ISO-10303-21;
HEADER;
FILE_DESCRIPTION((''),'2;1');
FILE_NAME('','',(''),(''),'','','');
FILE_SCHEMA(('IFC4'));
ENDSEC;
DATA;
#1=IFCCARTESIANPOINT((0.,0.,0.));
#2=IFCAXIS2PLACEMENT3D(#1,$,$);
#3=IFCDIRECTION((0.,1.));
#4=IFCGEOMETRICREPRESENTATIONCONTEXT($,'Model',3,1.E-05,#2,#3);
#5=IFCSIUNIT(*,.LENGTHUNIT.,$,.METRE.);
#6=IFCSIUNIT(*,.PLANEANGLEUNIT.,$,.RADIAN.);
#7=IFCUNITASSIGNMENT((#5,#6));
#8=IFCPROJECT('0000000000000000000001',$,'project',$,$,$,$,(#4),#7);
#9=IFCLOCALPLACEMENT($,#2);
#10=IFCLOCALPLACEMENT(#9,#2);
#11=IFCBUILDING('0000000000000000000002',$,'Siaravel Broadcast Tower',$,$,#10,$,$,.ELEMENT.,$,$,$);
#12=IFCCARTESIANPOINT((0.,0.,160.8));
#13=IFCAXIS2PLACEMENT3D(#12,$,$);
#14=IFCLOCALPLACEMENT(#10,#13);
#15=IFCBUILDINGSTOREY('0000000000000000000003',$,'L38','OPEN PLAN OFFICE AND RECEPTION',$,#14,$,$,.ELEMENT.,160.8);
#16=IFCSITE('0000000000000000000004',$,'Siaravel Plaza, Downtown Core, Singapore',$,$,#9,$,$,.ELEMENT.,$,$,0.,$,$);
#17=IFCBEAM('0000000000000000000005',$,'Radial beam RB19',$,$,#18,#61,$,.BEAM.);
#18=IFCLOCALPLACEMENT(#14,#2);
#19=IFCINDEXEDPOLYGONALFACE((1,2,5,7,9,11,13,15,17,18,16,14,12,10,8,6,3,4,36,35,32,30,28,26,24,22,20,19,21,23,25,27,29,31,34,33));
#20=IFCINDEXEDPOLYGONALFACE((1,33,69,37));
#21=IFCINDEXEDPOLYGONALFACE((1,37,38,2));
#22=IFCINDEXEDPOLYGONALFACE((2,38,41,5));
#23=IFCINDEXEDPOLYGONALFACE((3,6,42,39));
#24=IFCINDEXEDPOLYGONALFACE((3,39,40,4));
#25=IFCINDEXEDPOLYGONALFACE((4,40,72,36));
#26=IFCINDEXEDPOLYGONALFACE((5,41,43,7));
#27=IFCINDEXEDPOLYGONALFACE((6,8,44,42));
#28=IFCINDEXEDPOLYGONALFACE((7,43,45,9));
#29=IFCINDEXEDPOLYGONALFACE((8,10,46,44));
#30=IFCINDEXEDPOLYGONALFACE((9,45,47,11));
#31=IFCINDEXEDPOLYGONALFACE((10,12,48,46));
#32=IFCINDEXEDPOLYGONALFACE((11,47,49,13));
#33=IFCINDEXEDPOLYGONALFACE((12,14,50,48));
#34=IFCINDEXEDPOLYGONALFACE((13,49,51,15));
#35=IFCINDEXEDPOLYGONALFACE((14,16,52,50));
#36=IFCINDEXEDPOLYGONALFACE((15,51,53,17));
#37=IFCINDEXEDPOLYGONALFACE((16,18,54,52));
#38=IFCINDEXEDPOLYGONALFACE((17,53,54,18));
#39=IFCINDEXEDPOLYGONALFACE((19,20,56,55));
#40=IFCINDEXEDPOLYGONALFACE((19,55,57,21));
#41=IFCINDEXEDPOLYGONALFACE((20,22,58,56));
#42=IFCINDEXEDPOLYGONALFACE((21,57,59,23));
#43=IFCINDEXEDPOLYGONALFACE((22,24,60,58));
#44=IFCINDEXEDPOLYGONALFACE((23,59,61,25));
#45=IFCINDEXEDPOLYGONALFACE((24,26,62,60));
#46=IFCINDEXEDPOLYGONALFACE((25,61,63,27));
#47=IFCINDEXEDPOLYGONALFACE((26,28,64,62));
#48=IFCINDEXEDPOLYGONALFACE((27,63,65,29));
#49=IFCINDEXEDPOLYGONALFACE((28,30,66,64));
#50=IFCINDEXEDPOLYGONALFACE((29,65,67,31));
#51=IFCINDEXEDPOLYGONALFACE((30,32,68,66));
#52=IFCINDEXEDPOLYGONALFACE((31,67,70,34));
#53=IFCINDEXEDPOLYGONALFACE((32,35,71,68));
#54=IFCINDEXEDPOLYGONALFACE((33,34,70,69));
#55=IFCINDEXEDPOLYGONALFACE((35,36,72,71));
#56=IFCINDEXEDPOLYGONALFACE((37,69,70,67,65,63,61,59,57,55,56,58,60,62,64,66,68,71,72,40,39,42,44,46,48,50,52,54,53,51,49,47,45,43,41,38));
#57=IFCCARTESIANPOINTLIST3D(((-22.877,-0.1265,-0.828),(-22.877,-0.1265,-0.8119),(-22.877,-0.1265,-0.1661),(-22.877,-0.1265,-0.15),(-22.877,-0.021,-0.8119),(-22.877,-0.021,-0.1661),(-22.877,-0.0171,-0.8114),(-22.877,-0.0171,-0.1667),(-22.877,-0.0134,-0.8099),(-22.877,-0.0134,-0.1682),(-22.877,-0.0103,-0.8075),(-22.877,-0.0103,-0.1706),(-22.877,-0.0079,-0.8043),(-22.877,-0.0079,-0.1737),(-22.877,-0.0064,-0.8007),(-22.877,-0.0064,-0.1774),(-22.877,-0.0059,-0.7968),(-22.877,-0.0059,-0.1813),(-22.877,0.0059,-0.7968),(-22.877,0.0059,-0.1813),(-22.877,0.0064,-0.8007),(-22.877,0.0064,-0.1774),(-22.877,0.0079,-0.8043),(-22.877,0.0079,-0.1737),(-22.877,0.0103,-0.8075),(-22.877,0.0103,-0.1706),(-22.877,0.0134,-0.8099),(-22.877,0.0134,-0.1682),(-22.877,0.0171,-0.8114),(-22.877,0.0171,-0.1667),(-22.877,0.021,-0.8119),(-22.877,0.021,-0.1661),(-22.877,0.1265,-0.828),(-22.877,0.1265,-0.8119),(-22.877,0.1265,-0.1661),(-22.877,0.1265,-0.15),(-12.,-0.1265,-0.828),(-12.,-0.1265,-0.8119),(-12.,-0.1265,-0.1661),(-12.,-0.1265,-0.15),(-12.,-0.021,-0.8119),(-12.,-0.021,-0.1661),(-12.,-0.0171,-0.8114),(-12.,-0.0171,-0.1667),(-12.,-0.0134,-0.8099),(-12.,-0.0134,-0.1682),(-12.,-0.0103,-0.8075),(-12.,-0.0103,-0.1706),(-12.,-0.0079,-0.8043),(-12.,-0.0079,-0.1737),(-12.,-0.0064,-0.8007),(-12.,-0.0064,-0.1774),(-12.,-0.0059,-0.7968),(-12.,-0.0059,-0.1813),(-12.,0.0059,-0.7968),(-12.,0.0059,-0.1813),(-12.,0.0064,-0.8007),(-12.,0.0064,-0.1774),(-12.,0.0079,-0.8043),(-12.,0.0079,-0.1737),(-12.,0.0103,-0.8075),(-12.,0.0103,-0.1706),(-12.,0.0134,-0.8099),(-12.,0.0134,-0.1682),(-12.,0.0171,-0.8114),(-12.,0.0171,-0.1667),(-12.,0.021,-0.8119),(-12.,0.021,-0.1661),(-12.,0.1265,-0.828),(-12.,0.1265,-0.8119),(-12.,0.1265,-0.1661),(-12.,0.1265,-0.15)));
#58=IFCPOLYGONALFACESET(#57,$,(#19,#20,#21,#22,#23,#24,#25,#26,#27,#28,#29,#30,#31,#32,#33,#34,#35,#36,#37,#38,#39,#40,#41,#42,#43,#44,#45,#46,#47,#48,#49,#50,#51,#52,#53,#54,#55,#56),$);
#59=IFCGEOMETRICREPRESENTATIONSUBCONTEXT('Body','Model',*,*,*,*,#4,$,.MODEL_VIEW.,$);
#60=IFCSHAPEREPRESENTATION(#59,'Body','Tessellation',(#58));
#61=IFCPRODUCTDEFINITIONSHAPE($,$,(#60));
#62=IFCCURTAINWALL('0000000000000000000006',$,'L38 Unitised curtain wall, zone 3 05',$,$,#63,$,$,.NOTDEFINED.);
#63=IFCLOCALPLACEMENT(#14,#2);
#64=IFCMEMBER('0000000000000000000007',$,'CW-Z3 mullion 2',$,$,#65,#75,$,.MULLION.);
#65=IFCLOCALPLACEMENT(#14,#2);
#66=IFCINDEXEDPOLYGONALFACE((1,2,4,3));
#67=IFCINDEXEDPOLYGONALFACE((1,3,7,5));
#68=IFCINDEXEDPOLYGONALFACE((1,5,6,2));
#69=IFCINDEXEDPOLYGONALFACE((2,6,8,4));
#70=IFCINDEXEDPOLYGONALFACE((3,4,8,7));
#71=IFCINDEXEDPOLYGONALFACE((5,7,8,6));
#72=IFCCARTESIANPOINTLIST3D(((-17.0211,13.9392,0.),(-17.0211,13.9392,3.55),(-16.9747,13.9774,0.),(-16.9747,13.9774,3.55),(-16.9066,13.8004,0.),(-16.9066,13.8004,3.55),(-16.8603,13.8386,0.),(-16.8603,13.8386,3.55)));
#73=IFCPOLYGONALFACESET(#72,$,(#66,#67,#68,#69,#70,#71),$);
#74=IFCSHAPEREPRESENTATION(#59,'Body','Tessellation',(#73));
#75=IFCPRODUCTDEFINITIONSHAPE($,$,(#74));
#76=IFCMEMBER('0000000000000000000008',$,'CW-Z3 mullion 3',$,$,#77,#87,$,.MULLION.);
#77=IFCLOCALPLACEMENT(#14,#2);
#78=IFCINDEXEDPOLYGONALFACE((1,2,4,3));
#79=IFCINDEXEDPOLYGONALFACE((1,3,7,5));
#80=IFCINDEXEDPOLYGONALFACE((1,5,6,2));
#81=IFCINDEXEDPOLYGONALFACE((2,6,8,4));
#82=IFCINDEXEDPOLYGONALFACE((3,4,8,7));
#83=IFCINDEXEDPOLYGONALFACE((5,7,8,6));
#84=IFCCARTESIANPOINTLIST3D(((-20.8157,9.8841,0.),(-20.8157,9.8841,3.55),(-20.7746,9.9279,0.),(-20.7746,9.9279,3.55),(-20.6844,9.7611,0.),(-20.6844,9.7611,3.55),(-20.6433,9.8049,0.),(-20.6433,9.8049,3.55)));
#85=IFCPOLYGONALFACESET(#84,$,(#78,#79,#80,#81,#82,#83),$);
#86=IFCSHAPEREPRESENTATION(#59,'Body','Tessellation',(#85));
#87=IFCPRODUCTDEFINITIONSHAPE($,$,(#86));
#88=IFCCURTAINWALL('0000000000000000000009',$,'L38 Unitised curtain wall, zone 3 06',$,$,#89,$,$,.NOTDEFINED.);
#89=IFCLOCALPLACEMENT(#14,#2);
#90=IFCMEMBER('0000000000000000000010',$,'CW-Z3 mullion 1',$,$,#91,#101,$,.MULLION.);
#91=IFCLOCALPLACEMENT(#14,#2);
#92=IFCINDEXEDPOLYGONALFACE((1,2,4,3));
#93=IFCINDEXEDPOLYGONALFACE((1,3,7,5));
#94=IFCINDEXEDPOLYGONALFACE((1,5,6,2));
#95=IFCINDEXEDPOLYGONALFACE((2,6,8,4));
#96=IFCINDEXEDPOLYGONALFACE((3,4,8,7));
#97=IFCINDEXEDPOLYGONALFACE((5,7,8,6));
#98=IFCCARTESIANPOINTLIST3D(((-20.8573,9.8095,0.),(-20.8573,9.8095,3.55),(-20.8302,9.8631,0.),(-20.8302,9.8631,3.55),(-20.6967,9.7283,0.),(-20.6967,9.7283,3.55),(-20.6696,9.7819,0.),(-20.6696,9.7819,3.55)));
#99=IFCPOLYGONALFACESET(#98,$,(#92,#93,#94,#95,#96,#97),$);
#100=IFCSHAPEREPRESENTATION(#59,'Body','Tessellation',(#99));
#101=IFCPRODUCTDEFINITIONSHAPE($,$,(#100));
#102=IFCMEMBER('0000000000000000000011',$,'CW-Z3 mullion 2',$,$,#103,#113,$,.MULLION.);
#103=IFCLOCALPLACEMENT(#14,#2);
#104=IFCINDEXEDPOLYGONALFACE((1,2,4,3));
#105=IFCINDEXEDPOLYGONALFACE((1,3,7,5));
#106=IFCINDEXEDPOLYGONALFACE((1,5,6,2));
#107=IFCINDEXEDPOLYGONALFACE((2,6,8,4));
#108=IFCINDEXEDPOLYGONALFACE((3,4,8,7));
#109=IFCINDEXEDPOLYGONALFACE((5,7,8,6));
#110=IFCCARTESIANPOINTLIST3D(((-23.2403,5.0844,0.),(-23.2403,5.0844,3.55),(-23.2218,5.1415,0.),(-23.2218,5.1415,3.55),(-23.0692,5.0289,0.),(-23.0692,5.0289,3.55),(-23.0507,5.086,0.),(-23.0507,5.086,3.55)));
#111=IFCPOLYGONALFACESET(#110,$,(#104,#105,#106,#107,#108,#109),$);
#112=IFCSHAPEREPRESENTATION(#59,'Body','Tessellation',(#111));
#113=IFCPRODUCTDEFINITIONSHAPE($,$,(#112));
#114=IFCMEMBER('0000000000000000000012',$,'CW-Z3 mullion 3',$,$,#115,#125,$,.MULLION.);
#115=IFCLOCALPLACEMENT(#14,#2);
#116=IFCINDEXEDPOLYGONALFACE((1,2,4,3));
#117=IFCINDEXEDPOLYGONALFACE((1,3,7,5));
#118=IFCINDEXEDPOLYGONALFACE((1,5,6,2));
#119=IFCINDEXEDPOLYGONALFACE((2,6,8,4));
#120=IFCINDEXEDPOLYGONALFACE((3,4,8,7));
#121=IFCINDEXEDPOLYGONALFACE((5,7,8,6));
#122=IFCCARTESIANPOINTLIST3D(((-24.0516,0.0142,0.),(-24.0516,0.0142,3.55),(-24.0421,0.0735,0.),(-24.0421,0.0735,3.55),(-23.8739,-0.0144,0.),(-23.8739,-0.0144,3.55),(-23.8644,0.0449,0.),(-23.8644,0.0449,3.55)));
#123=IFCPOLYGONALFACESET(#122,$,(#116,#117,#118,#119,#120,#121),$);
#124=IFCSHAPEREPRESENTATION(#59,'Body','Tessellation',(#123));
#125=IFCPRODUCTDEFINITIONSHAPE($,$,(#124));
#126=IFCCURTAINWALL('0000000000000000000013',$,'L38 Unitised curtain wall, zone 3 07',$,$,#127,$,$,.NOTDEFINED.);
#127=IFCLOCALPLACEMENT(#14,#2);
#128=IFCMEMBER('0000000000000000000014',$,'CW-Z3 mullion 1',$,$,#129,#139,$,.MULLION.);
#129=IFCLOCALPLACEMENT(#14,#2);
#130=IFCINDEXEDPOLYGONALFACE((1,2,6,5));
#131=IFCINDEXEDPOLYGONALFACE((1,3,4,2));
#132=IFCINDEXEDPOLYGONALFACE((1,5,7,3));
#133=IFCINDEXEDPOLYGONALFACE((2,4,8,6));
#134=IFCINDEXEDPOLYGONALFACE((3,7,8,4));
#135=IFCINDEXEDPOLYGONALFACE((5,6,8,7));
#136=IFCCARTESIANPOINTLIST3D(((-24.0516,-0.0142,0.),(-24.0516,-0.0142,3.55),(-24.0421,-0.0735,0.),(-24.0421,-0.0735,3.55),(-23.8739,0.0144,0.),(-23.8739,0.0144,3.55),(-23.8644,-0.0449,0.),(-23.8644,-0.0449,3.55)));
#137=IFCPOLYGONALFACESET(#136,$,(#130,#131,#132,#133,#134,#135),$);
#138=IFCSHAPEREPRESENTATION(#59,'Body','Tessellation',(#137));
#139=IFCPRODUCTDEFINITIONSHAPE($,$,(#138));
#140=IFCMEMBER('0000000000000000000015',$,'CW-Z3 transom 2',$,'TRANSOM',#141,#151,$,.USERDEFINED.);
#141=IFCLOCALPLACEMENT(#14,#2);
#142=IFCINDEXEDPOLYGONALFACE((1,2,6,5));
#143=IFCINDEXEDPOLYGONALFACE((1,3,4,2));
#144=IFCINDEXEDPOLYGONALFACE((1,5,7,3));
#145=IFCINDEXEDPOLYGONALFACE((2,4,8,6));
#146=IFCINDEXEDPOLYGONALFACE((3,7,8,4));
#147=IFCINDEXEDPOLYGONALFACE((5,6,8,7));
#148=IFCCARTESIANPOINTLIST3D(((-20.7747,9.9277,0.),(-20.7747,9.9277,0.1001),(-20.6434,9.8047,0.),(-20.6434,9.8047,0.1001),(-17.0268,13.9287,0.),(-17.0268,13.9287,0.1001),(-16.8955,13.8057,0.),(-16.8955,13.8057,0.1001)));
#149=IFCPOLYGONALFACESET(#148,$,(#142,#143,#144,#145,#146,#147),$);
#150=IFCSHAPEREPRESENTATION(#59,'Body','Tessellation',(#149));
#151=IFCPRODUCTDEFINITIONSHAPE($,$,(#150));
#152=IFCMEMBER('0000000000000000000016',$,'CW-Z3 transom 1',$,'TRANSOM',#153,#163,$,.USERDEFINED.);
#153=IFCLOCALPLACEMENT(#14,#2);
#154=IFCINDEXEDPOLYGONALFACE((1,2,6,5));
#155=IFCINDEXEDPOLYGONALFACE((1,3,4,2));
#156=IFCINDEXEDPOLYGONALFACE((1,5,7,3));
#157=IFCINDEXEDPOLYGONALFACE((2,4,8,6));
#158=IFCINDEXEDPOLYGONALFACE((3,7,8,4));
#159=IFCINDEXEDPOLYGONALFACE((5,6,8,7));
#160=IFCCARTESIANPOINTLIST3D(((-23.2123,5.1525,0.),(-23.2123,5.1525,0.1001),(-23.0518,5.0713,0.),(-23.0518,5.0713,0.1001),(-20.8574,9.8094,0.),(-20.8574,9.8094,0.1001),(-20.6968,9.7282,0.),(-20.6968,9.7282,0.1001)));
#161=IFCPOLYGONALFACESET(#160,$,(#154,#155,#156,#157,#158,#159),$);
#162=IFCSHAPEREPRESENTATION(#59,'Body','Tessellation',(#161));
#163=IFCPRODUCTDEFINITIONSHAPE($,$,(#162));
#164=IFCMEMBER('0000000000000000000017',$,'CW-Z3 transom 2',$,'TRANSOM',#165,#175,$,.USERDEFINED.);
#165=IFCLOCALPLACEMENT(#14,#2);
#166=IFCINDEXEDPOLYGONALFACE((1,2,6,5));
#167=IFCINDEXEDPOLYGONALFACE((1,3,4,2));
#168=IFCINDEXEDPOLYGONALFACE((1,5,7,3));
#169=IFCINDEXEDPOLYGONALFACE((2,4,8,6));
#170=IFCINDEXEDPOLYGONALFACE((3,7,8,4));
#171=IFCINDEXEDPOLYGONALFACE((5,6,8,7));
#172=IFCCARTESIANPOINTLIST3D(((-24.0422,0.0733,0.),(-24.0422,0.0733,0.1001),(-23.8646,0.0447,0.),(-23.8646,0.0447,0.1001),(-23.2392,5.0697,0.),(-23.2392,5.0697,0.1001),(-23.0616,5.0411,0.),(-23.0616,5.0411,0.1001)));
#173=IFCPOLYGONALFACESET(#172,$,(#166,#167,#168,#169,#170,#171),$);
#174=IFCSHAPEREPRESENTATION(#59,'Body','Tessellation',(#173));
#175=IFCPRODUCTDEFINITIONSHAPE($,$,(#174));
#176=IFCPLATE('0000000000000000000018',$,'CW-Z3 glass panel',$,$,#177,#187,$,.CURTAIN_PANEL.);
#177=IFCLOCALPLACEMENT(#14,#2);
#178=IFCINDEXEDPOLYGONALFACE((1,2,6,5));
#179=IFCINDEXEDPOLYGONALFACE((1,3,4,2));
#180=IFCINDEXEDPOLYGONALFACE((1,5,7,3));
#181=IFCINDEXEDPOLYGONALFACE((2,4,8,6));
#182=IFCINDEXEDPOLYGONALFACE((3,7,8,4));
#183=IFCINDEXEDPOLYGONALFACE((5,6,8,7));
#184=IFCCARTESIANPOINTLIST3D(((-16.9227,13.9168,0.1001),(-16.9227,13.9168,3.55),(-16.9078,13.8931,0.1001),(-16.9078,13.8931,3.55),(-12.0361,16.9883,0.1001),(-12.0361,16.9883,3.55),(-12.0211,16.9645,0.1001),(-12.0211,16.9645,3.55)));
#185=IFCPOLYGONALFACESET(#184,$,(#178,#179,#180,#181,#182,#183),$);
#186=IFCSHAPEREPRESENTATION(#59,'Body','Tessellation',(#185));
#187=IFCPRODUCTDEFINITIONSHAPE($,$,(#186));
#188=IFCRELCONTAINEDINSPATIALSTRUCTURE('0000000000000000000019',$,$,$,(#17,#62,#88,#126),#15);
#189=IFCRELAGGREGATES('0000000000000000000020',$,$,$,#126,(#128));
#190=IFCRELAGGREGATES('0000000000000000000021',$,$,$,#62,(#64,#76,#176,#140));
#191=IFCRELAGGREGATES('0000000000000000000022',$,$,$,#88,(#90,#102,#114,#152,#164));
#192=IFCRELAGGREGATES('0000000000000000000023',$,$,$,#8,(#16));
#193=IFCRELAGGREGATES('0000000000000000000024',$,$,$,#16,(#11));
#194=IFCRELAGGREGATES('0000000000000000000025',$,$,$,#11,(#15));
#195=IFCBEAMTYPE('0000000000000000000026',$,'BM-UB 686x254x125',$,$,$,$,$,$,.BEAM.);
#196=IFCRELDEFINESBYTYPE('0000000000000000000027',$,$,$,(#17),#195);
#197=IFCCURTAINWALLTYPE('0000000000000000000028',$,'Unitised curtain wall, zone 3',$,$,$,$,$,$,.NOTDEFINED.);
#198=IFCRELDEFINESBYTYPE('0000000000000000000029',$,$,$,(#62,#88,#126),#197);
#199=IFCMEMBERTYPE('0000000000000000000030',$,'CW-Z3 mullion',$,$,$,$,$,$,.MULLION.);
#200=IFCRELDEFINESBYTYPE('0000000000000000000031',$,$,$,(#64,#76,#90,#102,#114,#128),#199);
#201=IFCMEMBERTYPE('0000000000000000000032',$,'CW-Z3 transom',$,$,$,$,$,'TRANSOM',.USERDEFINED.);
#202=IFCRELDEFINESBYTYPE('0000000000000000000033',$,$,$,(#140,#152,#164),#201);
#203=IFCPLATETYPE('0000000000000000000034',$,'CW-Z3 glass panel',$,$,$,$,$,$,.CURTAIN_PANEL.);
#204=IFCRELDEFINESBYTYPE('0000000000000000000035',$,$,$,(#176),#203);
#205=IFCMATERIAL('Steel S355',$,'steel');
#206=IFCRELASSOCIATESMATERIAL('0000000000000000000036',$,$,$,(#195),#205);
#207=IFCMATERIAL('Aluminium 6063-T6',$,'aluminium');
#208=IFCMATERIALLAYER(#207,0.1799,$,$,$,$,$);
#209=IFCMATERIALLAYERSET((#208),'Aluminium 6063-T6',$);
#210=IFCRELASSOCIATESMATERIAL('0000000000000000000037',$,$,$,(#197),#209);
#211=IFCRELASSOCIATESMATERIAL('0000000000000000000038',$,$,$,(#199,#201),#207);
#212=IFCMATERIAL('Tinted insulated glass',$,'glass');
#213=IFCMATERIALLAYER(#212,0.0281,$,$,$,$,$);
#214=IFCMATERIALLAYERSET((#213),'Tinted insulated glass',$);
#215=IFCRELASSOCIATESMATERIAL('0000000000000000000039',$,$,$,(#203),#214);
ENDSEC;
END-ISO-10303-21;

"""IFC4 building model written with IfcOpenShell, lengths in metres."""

from ifc_helpers import new_model, si_unit, direction, frame, origin, origin_2d, place, context, subcontext, project, spatial, rectangle, i_section, extrude, material, layer, layer_set, material_profile, profile_set, type_object, element, aggregate, save


model = new_model("IFC4")

# Units and contexts
model_context = context("Model", 3, precision=1e-05, world=origin(), true_north=direction((0.0, 1.0)))
body_context = subcontext(model_context, "Body", "Model", "MODEL_VIEW")
ifc_project = project(units=[si_unit("LENGTHUNIT", "METRE"), si_unit("PLANEANGLEUNIT", "RADIAN")], contexts=[model_context])

# Site, building, storey
site_placement = place(None, origin())
site = spatial("IfcSite", under=ifc_project, at=site_placement, Name="Siaravel Plaza, Downtown Core, Singapore", CompositionType="ELEMENT", RefElevation=0.0)
building_placement = place(site_placement, origin())
building = spatial("IfcBuilding", under=site, at=building_placement, Name="Siaravel Broadcast Tower", CompositionType="ELEMENT")
storey_placement = place(building_placement, frame((0.0, 0.0, 160.8)))
storey = spatial("IfcBuildingStorey", under=building, at=storey_placement, Name="L38", Description="OPEN PLAN OFFICE AND RECEPTION", CompositionType="ELEMENT", Elevation=160.8)

# Beam
ifc_material_1 = material(Name="Steel S355", Category="steel")
ifc_material_profile_1 = material_profile(ifc_material_1, i_section(OverallWidth=0.2529, OverallDepth=0.678, WebThickness=0.0117, FlangeThickness=0.0161, FilletRadius=0.0151, at=origin_2d()))
ifc_profile_set_1 = profile_set([ifc_material_profile_1], Name="Steel S355")
beam_type = type_object("IfcBeamType", Name="BM-UB 686x254x125", PredefinedType="BEAM", material=ifc_profile_set_1)
beam_1_placement = place(storey_placement, frame((-22.877, 0.0, -0.489), z_axis=(1.0, 0.0, 0.0), x_axis=(0.0, 1.0, 0.0)))
element("IfcBeam", 1, at=beam_1_placement, inside=storey, type_object=beam_type, Name="Radial beam RB19", PredefinedType="BEAM", context=body_context, shape_type="SweptSolid", body=[
    extrude(i_section(OverallWidth=0.2529, OverallDepth=0.678, WebThickness=0.0117, FlangeThickness=0.0161, FilletRadius=0.0151, at=origin_2d()), origin(), (0.0, 0.0, 1.0), 10.877),
])

# Curtain walls, members
ifc_material_2 = material(Name="Aluminium 6063-T6", Category="aluminium")
ifc_layer_1 = layer(ifc_material_2, 0.1799)
ifc_layer_set_1 = layer_set([ifc_layer_1], Name="Aluminium 6063-T6")
curtain_wall_type = type_object("IfcCurtainWallType", Name="Unitised curtain wall, zone 3", PredefinedType="NOTDEFINED", material=ifc_layer_set_1)
curtain_wall_1_placement = place(storey_placement, origin())
curtain_wall_1 = element("IfcCurtainWall", 2, at=curtain_wall_1_placement, inside=storey, type_object=curtain_wall_type, Name="L38 Unitised curtain wall, zone 3 05", PredefinedType="NOTDEFINED")
ifc_material_profile_2 = material_profile(ifc_material_2, rectangle(XDim=0.1799, YDim=0.0601, at=origin_2d()))
ifc_profile_set_2 = profile_set([ifc_material_profile_2], Name="Aluminium 6063-T6")
member_type_1 = type_object("IfcMemberType", Name="CW-Z3 mullion", PredefinedType="MULLION", material=ifc_profile_set_2)
member_1_placement = place(storey_placement, frame((-16.9407, 13.8889, 0.0), z_axis=(0.0, 0.0, 1.0), x_axis=(0.63622, -0.771508, 0.0)))
member_1 = element("IfcMember", 3, at=member_1_placement, type_object=member_type_1, Name="CW-Z3 mullion 2", PredefinedType="MULLION", context=body_context, shape_type="SweptSolid", body=[
    extrude(rectangle(XDim=0.1799, YDim=0.0601, at=origin_2d()), origin(), (0.0, 0.0, 1.0), 3.55),
])
member_2_placement = place(storey_placement, frame((-20.7295, 9.8445, 0.0), z_axis=(0.0, 0.0, 1.0), x_axis=(0.729806, -0.683654, 0.0)))
member_2 = element("IfcMember", 4, at=member_2_placement, type_object=member_type_1, Name="CW-Z3 mullion 3", PredefinedType="MULLION", context=body_context, shape_type="SweptSolid", body=[
    extrude(rectangle(XDim=0.1799, YDim=0.0601, at=origin_2d()), origin(), (0.0, 0.0, 1.0), 3.55),
])
curtain_wall_2_placement = place(storey_placement, origin())
curtain_wall_2 = element("IfcCurtainWall", 5, at=curtain_wall_2_placement, inside=storey, type_object=curtain_wall_type, Name="L38 Unitised curtain wall, zone 3 06", PredefinedType="NOTDEFINED")
member_3_placement = place(storey_placement, frame((-20.7634, 9.7957, 0.0), z_axis=(0.0, 0.0, 1.0), x_axis=(0.892393, -0.45126, 0.0)))
member_3 = element("IfcMember", 6, at=member_3_placement, type_object=member_type_1, Name="CW-Z3 mullion 1", PredefinedType="MULLION", context=body_context, shape_type="SweptSolid", body=[
    extrude(rectangle(XDim=0.1799, YDim=0.0601, at=origin_2d()), origin(), (0.0, 0.0, 1.0), 3.55),
])
member_4_placement = place(storey_placement, frame((-23.1455, 5.0852, 0.0), z_axis=(0.0, 0.0, 1.0), x_axis=(0.951177, -0.308645, 0.0)))
member_4 = element("IfcMember", 7, at=member_4_placement, type_object=member_type_1, Name="CW-Z3 mullion 2", PredefinedType="MULLION", context=body_context, shape_type="SweptSolid", body=[
    extrude(rectangle(XDim=0.1799, YDim=0.0601, at=origin_2d()), origin(), (0.0, 0.0, 1.0), 3.55),
])
member_5_placement = place(storey_placement, frame((-23.958, 0.0295, 0.0), z_axis=(0.0, 0.0, 1.0), x_axis=(0.987329, -0.158685, 0.0)))
member_5 = element("IfcMember", 8, at=member_5_placement, type_object=member_type_1, Name="CW-Z3 mullion 3", PredefinedType="MULLION", context=body_context, shape_type="SweptSolid", body=[
    extrude(rectangle(XDim=0.1799, YDim=0.0601, at=origin_2d()), origin(), (0.0, 0.0, 1.0), 3.55),
])

# Curtain wall, member
curtain_wall_3_placement = place(storey_placement, origin())
curtain_wall_3 = element("IfcCurtainWall", 9, at=curtain_wall_3_placement, inside=storey, type_object=curtain_wall_type, Name="L38 Unitised curtain wall, zone 3 07", PredefinedType="NOTDEFINED")
member_6_placement = place(storey_placement, frame((-23.958, -0.0295, 0.0), z_axis=(0.0, 0.0, 1.0), x_axis=(0.987329, 0.158685, 0.0)))
member_6 = element("IfcMember", 10, at=member_6_placement, type_object=member_type_1, Name="CW-Z3 mullion 1", PredefinedType="MULLION", context=body_context, shape_type="SweptSolid", body=[
    extrude(rectangle(XDim=0.1799, YDim=0.0601, at=origin_2d()), origin(), (0.0, 0.0, 1.0), 3.55),
])
aggregate(curtain_wall_3, [member_6])

# Members
ifc_material_profile_3 = material_profile(ifc_material_2, rectangle(XDim=0.1799, YDim=0.1001, at=origin_2d()))
ifc_profile_set_3 = profile_set([ifc_material_profile_3], Name="Aluminium 6063-T6")
member_type_2 = type_object("IfcMemberType", Name="CW-Z3 transom", ElementType="TRANSOM", PredefinedType="USERDEFINED", material=ifc_profile_set_3)
member_7_placement = place(storey_placement, frame((-16.9612, 13.8672, 0.05), z_axis=(-0.683639, -0.72982, 0.0), x_axis=(0.72982, -0.683639, 0.0)))
member_7 = element("IfcMember", 11, at=member_7_placement, type_object=member_type_2, Name="CW-Z3 transom 2", ObjectType="TRANSOM", PredefinedType="USERDEFINED", context=body_context, shape_type="SweptSolid", body=[
    extrude(rectangle(XDim=0.1799, YDim=0.1001, at=origin_2d()), origin(), (0.0, 0.0, 1.0), 5.4822),
])
member_8_placement = place(storey_placement, frame((-20.7771, 9.7688, 0.05), z_axis=(-0.45127, -0.892388, 0.0), x_axis=(0.892388, -0.45127, 0.0)))
member_8 = element("IfcMember", 12, at=member_8_placement, type_object=member_type_2, Name="CW-Z3 transom 1", ObjectType="TRANSOM", PredefinedType="USERDEFINED", context=body_context, shape_type="SweptSolid", body=[
    extrude(rectangle(XDim=0.1799, YDim=0.1001, at=origin_2d()), origin(), (0.0, 0.0, 1.0), 5.2185),
])
member_9_placement = place(storey_placement, frame((-23.1504, 5.0554, 0.05), z_axis=(-0.158677, -0.987331, 0.0), x_axis=(0.987331, -0.158677, 0.0)))
member_9 = element("IfcMember", 13, at=member_9_placement, type_object=member_type_2, Name="CW-Z3 transom 2", ObjectType="TRANSOM", PredefinedType="USERDEFINED", context=body_context, shape_type="SweptSolid", body=[
    extrude(rectangle(XDim=0.1799, YDim=0.1001, at=origin_2d()), origin(), (0.0, 0.0, 1.0), 5.0605),
])

# Plate
ifc_material_3 = material(Name="Tinted insulated glass", Category="glass")
ifc_layer_2 = layer(ifc_material_3, 0.0281)
ifc_layer_set_2 = layer_set([ifc_layer_2], Name="Tinted insulated glass")
plate_type = type_object("IfcPlateType", Name="CW-Z3 glass panel", PredefinedType="CURTAIN_PANEL", material=ifc_layer_set_2)
plate_1_placement = place(storey_placement, frame((-14.4719, 15.4407, 0.1001), z_axis=(0.0, 0.0, 1.0), x_axis=(-0.84665, -0.53215, 0.0)))
plate_1 = element("IfcPlate", 14, at=plate_1_placement, type_object=plate_type, Name="CW-Z3 glass panel", PredefinedType="CURTAIN_PANEL", context=body_context, shape_type="SweptSolid", body=[
    extrude(rectangle(XDim=5.7717, YDim=0.0281, at=origin_2d()), origin(), (0.0, 0.0, 1.0), 3.45),
])
aggregate(curtain_wall_1, [member_1, member_2, plate_1, member_7])
aggregate(curtain_wall_2, [member_3, member_4, member_5, member_8, member_9])

save(model, "model.ifc")
